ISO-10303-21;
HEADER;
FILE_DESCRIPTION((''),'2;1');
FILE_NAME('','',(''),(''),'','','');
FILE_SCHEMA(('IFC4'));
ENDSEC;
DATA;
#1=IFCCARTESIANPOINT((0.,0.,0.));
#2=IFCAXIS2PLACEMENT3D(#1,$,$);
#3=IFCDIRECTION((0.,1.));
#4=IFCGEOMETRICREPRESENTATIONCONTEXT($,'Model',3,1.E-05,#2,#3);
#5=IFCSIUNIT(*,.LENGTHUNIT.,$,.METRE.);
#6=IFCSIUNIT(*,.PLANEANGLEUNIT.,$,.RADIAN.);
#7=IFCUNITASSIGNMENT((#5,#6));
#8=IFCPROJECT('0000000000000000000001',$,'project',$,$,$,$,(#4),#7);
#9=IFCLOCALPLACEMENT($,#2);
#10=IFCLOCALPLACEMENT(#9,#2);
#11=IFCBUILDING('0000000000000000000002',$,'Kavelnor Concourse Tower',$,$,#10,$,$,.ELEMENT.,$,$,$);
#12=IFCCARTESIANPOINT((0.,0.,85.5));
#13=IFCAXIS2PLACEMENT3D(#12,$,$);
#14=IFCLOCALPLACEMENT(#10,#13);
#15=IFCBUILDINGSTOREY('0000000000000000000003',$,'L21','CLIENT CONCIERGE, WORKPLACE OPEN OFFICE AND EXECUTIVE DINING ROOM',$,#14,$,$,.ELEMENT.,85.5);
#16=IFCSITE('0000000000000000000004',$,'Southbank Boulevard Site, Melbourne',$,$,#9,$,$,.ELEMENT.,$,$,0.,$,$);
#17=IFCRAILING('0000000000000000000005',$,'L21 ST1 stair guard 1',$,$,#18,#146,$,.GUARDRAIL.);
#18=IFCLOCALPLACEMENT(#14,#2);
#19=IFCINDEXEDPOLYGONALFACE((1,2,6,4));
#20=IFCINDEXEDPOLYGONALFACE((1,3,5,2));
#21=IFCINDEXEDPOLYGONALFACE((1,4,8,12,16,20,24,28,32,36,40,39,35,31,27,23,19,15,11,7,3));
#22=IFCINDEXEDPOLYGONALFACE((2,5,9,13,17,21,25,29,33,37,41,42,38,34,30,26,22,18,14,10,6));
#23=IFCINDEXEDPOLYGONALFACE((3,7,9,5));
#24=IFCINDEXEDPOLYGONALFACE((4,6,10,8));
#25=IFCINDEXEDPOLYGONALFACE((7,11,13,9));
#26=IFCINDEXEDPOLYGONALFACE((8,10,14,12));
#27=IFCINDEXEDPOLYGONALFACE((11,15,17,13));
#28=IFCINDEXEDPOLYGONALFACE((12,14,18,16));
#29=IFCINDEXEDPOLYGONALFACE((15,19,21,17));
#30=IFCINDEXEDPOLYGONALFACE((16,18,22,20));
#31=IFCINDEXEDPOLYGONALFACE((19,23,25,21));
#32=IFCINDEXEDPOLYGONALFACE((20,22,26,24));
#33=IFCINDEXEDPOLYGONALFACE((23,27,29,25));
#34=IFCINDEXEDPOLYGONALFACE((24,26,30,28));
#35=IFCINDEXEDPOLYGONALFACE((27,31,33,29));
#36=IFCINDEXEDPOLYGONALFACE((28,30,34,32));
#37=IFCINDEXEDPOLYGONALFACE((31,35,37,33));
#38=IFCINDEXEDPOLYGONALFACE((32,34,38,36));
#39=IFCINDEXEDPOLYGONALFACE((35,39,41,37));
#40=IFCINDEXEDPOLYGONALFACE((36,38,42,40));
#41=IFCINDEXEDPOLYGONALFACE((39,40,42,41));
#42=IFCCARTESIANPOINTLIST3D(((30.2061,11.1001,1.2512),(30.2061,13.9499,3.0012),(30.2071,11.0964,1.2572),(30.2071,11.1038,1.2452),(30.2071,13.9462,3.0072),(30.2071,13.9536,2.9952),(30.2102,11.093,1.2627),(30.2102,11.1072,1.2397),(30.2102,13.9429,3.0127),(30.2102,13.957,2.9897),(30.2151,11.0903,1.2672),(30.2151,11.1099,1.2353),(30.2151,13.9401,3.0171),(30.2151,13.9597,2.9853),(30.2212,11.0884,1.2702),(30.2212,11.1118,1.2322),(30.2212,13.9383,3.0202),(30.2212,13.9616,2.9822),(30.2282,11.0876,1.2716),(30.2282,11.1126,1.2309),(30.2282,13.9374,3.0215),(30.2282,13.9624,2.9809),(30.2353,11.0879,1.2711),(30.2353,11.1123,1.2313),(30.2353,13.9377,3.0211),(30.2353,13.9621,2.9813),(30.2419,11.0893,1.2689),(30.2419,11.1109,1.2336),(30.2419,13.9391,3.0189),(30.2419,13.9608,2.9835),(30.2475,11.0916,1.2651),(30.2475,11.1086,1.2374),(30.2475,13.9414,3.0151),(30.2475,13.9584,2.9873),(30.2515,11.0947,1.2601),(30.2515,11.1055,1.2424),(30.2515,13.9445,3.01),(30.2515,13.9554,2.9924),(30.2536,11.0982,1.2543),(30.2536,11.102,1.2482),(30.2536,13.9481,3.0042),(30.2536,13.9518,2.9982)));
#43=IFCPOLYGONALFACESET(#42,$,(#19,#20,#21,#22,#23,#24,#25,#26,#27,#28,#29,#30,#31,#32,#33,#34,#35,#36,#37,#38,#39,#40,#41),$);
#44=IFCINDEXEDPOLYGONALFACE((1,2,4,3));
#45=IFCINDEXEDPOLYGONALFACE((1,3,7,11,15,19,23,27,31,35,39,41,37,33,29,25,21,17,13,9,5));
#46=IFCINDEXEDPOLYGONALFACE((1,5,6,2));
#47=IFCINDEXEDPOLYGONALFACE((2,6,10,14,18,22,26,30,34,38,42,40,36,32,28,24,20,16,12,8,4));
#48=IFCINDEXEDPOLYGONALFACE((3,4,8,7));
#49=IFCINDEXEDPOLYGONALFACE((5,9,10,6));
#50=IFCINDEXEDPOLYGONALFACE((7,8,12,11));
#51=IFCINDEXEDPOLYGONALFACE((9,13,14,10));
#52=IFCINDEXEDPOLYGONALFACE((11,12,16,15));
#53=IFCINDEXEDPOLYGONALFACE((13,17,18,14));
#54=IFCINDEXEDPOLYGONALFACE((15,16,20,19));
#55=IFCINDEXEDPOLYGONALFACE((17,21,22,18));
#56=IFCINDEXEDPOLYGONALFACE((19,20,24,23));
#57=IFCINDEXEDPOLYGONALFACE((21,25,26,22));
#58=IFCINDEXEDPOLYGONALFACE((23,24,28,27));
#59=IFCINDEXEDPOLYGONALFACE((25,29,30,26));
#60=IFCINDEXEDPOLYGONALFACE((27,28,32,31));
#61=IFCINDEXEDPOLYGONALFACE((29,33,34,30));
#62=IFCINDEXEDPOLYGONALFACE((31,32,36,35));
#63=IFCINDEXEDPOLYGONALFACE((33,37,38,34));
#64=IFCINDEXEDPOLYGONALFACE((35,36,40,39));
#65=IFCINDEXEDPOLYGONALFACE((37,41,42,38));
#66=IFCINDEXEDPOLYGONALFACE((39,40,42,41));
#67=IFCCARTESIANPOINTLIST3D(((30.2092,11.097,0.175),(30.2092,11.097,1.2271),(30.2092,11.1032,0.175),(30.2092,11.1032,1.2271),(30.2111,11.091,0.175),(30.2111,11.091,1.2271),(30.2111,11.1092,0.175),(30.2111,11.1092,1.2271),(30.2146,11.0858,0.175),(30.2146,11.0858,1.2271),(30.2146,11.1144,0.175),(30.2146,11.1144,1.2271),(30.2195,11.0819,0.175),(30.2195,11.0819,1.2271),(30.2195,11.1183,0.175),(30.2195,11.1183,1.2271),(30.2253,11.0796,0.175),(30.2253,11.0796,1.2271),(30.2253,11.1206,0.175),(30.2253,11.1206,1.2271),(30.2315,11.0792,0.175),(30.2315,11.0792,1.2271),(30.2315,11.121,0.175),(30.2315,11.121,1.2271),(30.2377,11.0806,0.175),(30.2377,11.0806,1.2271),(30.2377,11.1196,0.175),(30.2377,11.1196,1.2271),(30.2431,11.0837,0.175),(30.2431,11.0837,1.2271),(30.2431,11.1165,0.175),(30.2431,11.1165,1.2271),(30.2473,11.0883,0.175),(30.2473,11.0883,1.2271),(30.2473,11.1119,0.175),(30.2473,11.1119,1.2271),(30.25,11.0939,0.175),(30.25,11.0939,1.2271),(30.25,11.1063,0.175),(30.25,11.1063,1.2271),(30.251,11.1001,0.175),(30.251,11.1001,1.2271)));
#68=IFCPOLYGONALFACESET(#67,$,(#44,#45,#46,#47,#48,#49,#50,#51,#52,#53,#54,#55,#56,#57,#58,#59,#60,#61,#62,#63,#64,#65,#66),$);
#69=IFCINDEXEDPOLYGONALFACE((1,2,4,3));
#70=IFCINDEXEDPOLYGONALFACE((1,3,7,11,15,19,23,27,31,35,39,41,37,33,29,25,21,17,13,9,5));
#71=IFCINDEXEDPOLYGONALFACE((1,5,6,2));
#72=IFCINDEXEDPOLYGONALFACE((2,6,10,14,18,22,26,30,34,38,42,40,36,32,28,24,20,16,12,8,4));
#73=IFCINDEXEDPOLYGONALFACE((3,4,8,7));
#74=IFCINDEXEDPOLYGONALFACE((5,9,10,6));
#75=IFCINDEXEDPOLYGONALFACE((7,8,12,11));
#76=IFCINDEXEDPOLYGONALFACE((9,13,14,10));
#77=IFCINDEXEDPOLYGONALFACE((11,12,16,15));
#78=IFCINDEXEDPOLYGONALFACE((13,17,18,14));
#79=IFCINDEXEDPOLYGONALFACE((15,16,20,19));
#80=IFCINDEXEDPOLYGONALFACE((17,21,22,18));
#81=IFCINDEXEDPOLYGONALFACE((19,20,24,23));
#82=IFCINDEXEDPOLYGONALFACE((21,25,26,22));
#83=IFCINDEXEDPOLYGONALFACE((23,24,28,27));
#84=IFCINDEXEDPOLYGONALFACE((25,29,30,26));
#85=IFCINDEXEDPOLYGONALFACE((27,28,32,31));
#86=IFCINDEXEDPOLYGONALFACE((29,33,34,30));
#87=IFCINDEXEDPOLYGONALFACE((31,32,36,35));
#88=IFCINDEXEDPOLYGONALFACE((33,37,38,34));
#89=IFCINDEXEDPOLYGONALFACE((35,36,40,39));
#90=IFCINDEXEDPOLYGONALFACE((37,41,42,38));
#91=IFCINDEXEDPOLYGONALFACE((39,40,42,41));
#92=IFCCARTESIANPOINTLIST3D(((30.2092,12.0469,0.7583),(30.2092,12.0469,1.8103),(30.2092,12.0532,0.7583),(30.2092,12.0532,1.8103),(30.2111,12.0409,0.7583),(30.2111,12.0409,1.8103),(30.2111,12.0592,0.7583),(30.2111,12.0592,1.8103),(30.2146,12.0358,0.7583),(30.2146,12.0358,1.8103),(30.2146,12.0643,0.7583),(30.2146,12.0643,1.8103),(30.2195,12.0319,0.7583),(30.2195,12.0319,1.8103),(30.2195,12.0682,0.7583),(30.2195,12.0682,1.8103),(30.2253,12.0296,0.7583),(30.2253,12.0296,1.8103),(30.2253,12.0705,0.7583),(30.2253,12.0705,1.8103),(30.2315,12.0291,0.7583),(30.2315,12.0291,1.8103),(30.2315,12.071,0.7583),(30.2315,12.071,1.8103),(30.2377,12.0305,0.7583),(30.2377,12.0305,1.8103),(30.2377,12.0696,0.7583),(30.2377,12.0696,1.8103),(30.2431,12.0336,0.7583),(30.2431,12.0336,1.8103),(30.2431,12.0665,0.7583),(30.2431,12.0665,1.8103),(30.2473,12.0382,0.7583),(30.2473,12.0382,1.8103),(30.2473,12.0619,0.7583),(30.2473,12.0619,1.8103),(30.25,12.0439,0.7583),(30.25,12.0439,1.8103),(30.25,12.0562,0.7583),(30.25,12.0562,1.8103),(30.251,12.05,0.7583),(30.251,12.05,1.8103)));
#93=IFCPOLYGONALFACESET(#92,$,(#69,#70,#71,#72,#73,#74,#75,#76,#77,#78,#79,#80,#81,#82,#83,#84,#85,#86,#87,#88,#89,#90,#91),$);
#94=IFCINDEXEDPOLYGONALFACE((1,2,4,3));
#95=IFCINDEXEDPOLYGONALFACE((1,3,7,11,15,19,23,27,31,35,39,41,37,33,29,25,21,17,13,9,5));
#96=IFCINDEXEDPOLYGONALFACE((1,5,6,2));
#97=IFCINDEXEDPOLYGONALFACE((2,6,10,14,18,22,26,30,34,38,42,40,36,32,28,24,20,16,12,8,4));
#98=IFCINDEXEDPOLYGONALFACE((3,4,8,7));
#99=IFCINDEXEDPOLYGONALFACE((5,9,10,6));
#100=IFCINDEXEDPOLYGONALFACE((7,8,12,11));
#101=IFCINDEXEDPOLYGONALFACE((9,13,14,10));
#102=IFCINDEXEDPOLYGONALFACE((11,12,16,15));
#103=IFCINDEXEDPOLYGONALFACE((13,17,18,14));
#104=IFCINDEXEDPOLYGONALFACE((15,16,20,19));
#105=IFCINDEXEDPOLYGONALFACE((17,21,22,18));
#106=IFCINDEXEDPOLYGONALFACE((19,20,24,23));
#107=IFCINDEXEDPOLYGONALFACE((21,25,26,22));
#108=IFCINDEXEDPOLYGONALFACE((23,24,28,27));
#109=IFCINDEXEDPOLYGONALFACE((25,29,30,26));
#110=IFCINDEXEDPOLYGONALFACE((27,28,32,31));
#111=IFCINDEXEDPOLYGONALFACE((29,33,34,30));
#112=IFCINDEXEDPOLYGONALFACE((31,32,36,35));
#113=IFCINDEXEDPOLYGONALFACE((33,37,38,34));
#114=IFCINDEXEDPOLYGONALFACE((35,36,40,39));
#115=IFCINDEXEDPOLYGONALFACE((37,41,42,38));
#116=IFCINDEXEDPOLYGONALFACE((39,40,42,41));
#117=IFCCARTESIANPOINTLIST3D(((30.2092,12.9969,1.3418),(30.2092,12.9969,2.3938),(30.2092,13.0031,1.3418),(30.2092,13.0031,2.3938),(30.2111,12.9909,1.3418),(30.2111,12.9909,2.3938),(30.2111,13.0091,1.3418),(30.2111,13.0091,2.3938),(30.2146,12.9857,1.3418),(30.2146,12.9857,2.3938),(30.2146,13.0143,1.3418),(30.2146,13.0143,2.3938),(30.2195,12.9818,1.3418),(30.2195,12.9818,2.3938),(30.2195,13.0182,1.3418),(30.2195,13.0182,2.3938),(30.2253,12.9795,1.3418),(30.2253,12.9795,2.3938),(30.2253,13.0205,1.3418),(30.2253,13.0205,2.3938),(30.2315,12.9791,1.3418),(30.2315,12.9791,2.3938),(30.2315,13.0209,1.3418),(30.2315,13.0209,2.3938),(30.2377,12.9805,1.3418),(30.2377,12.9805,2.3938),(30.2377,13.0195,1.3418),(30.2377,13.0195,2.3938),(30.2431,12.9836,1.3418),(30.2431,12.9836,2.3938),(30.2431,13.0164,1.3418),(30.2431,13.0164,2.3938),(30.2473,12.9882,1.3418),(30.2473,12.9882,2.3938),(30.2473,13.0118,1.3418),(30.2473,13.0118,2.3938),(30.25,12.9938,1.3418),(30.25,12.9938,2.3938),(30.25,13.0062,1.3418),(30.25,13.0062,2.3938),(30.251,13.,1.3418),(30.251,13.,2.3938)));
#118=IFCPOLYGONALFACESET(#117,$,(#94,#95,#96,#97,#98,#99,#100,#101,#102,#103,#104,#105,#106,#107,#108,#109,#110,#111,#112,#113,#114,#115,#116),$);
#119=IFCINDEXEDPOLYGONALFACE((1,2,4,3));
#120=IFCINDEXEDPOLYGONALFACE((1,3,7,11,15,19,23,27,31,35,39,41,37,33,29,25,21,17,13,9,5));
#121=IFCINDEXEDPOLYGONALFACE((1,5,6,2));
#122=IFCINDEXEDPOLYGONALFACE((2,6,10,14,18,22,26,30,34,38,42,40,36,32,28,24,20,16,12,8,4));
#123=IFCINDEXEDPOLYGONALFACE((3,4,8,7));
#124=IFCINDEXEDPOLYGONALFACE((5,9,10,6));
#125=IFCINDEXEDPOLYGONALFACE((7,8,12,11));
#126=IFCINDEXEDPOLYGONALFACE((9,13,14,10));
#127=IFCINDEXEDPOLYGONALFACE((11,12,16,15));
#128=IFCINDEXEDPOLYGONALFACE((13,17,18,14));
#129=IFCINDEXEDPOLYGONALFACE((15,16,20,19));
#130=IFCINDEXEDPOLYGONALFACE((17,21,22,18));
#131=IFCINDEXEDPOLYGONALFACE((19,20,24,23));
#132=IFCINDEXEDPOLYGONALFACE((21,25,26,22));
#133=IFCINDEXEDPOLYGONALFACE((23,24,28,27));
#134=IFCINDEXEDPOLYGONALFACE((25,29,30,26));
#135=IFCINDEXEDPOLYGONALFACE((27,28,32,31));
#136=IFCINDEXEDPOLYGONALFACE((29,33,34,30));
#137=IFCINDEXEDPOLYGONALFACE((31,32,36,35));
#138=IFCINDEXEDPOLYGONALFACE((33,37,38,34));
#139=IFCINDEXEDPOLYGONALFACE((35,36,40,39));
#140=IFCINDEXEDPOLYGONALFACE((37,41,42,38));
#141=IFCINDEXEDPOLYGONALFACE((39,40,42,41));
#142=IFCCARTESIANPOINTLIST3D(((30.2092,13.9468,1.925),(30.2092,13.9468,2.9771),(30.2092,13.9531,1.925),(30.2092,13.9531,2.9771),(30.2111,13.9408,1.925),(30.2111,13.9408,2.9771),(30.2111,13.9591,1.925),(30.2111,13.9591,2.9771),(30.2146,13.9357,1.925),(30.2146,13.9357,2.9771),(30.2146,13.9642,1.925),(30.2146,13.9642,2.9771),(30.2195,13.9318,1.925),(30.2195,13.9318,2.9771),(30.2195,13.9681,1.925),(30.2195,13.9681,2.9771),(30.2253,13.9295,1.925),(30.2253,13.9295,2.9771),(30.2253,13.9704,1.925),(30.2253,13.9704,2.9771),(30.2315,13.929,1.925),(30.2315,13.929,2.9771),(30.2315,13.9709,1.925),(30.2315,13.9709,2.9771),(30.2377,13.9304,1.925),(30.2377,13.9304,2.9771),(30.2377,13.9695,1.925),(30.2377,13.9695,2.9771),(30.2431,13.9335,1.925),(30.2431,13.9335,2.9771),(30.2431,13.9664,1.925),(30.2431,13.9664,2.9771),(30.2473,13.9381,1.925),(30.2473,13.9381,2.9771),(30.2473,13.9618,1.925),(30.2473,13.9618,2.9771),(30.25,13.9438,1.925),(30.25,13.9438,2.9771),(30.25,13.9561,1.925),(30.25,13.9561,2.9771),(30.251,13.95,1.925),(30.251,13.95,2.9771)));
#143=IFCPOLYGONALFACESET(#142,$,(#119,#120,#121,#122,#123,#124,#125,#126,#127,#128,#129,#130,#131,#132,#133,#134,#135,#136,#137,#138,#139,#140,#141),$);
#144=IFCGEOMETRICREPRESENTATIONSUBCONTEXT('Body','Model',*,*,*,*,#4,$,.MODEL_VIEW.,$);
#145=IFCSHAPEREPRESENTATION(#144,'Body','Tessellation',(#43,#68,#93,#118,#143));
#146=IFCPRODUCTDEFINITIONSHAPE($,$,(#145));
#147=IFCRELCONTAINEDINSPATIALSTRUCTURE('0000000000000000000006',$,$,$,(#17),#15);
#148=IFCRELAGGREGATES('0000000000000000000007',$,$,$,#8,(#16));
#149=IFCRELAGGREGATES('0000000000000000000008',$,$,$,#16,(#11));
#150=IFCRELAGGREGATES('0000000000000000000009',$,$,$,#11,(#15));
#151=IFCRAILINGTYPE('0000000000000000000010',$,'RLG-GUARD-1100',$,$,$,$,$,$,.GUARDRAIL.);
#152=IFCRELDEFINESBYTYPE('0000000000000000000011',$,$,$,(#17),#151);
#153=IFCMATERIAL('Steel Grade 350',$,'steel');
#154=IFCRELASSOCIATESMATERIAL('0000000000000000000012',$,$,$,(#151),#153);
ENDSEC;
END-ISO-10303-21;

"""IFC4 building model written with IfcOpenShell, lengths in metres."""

from ifc_helpers import new_model, si_unit, direction, frame, origin, origin_2d, place, context, subcontext, project, spatial, circle, extrude, material, type_object, element, save


model = new_model("IFC4")

# Units and contexts
model_context = context("Model", 3, precision=1e-05, world=origin(), true_north=direction((0.0, 1.0)))
body_context = subcontext(model_context, "Body", "Model", "MODEL_VIEW")
ifc_project = project(units=[si_unit("LENGTHUNIT", "METRE"), si_unit("PLANEANGLEUNIT", "RADIAN")], contexts=[model_context])

# Site, building, storey
site_placement = place(None, origin())
site = spatial("IfcSite", under=ifc_project, at=site_placement, Name="Southbank Boulevard Site, Melbourne", CompositionType="ELEMENT", RefElevation=0.0)
building_placement = place(site_placement, origin())
building = spatial("IfcBuilding", under=site, at=building_placement, Name="Kavelnor Concourse Tower", CompositionType="ELEMENT")
storey_placement = place(building_placement, frame((0.0, 0.0, 85.5)))
storey = spatial("IfcBuildingStorey", under=building, at=storey_placement, Name="L21", Description="CLIENT CONCIERGE, WORKPLACE OPEN OFFICE AND EXECUTIVE DINING ROOM", CompositionType="ELEMENT", Elevation=85.5)

# Shared definitions
ifc_material_1 = material(Name="Steel Grade 350", Category="steel")

# Railing
railing_type_1 = type_object("IfcRailingType", Name="RLG-GUARD-1100", PredefinedType="GUARDRAIL", material=ifc_material_1)
railing_1_placement = place(storey_placement, frame((30.23, 11.1001, 0.175)))
element("IfcRailing", 1, at=railing_1_placement, inside=storey, type_object=railing_type_1, Name="L21 ST1 stair guard 1", PredefinedType="GUARDRAIL", context=body_context, shape_type="SweptSolid", body=[
    extrude(circle(Radius=0.0239, at=origin_2d()), frame((0.0, 0.0, 1.0762), z_axis=(0.0, 0.852159, 0.523283), x_axis=(-1.0, 0.0, 0.0)), (0.0, 0.0, 1.0), 3.3442),
    extrude(circle(Radius=0.021, at=origin_2d()), origin(), (0.0, 0.0, 1.0), 1.052),
    extrude(circle(Radius=0.021, at=origin_2d()), frame((0.0, 0.95, 0.5833)), (0.0, 0.0, 1.0), 1.052),
    extrude(circle(Radius=0.021, at=origin_2d()), frame((0.0, 1.8999, 1.1667)), (0.0, 0.0, 1.0), 1.052),
    extrude(circle(Radius=0.021, at=origin_2d()), frame((0.0, 2.8499, 1.75)), (0.0, 0.0, 1.0), 1.052),
])

save(model, "model.ifc")
